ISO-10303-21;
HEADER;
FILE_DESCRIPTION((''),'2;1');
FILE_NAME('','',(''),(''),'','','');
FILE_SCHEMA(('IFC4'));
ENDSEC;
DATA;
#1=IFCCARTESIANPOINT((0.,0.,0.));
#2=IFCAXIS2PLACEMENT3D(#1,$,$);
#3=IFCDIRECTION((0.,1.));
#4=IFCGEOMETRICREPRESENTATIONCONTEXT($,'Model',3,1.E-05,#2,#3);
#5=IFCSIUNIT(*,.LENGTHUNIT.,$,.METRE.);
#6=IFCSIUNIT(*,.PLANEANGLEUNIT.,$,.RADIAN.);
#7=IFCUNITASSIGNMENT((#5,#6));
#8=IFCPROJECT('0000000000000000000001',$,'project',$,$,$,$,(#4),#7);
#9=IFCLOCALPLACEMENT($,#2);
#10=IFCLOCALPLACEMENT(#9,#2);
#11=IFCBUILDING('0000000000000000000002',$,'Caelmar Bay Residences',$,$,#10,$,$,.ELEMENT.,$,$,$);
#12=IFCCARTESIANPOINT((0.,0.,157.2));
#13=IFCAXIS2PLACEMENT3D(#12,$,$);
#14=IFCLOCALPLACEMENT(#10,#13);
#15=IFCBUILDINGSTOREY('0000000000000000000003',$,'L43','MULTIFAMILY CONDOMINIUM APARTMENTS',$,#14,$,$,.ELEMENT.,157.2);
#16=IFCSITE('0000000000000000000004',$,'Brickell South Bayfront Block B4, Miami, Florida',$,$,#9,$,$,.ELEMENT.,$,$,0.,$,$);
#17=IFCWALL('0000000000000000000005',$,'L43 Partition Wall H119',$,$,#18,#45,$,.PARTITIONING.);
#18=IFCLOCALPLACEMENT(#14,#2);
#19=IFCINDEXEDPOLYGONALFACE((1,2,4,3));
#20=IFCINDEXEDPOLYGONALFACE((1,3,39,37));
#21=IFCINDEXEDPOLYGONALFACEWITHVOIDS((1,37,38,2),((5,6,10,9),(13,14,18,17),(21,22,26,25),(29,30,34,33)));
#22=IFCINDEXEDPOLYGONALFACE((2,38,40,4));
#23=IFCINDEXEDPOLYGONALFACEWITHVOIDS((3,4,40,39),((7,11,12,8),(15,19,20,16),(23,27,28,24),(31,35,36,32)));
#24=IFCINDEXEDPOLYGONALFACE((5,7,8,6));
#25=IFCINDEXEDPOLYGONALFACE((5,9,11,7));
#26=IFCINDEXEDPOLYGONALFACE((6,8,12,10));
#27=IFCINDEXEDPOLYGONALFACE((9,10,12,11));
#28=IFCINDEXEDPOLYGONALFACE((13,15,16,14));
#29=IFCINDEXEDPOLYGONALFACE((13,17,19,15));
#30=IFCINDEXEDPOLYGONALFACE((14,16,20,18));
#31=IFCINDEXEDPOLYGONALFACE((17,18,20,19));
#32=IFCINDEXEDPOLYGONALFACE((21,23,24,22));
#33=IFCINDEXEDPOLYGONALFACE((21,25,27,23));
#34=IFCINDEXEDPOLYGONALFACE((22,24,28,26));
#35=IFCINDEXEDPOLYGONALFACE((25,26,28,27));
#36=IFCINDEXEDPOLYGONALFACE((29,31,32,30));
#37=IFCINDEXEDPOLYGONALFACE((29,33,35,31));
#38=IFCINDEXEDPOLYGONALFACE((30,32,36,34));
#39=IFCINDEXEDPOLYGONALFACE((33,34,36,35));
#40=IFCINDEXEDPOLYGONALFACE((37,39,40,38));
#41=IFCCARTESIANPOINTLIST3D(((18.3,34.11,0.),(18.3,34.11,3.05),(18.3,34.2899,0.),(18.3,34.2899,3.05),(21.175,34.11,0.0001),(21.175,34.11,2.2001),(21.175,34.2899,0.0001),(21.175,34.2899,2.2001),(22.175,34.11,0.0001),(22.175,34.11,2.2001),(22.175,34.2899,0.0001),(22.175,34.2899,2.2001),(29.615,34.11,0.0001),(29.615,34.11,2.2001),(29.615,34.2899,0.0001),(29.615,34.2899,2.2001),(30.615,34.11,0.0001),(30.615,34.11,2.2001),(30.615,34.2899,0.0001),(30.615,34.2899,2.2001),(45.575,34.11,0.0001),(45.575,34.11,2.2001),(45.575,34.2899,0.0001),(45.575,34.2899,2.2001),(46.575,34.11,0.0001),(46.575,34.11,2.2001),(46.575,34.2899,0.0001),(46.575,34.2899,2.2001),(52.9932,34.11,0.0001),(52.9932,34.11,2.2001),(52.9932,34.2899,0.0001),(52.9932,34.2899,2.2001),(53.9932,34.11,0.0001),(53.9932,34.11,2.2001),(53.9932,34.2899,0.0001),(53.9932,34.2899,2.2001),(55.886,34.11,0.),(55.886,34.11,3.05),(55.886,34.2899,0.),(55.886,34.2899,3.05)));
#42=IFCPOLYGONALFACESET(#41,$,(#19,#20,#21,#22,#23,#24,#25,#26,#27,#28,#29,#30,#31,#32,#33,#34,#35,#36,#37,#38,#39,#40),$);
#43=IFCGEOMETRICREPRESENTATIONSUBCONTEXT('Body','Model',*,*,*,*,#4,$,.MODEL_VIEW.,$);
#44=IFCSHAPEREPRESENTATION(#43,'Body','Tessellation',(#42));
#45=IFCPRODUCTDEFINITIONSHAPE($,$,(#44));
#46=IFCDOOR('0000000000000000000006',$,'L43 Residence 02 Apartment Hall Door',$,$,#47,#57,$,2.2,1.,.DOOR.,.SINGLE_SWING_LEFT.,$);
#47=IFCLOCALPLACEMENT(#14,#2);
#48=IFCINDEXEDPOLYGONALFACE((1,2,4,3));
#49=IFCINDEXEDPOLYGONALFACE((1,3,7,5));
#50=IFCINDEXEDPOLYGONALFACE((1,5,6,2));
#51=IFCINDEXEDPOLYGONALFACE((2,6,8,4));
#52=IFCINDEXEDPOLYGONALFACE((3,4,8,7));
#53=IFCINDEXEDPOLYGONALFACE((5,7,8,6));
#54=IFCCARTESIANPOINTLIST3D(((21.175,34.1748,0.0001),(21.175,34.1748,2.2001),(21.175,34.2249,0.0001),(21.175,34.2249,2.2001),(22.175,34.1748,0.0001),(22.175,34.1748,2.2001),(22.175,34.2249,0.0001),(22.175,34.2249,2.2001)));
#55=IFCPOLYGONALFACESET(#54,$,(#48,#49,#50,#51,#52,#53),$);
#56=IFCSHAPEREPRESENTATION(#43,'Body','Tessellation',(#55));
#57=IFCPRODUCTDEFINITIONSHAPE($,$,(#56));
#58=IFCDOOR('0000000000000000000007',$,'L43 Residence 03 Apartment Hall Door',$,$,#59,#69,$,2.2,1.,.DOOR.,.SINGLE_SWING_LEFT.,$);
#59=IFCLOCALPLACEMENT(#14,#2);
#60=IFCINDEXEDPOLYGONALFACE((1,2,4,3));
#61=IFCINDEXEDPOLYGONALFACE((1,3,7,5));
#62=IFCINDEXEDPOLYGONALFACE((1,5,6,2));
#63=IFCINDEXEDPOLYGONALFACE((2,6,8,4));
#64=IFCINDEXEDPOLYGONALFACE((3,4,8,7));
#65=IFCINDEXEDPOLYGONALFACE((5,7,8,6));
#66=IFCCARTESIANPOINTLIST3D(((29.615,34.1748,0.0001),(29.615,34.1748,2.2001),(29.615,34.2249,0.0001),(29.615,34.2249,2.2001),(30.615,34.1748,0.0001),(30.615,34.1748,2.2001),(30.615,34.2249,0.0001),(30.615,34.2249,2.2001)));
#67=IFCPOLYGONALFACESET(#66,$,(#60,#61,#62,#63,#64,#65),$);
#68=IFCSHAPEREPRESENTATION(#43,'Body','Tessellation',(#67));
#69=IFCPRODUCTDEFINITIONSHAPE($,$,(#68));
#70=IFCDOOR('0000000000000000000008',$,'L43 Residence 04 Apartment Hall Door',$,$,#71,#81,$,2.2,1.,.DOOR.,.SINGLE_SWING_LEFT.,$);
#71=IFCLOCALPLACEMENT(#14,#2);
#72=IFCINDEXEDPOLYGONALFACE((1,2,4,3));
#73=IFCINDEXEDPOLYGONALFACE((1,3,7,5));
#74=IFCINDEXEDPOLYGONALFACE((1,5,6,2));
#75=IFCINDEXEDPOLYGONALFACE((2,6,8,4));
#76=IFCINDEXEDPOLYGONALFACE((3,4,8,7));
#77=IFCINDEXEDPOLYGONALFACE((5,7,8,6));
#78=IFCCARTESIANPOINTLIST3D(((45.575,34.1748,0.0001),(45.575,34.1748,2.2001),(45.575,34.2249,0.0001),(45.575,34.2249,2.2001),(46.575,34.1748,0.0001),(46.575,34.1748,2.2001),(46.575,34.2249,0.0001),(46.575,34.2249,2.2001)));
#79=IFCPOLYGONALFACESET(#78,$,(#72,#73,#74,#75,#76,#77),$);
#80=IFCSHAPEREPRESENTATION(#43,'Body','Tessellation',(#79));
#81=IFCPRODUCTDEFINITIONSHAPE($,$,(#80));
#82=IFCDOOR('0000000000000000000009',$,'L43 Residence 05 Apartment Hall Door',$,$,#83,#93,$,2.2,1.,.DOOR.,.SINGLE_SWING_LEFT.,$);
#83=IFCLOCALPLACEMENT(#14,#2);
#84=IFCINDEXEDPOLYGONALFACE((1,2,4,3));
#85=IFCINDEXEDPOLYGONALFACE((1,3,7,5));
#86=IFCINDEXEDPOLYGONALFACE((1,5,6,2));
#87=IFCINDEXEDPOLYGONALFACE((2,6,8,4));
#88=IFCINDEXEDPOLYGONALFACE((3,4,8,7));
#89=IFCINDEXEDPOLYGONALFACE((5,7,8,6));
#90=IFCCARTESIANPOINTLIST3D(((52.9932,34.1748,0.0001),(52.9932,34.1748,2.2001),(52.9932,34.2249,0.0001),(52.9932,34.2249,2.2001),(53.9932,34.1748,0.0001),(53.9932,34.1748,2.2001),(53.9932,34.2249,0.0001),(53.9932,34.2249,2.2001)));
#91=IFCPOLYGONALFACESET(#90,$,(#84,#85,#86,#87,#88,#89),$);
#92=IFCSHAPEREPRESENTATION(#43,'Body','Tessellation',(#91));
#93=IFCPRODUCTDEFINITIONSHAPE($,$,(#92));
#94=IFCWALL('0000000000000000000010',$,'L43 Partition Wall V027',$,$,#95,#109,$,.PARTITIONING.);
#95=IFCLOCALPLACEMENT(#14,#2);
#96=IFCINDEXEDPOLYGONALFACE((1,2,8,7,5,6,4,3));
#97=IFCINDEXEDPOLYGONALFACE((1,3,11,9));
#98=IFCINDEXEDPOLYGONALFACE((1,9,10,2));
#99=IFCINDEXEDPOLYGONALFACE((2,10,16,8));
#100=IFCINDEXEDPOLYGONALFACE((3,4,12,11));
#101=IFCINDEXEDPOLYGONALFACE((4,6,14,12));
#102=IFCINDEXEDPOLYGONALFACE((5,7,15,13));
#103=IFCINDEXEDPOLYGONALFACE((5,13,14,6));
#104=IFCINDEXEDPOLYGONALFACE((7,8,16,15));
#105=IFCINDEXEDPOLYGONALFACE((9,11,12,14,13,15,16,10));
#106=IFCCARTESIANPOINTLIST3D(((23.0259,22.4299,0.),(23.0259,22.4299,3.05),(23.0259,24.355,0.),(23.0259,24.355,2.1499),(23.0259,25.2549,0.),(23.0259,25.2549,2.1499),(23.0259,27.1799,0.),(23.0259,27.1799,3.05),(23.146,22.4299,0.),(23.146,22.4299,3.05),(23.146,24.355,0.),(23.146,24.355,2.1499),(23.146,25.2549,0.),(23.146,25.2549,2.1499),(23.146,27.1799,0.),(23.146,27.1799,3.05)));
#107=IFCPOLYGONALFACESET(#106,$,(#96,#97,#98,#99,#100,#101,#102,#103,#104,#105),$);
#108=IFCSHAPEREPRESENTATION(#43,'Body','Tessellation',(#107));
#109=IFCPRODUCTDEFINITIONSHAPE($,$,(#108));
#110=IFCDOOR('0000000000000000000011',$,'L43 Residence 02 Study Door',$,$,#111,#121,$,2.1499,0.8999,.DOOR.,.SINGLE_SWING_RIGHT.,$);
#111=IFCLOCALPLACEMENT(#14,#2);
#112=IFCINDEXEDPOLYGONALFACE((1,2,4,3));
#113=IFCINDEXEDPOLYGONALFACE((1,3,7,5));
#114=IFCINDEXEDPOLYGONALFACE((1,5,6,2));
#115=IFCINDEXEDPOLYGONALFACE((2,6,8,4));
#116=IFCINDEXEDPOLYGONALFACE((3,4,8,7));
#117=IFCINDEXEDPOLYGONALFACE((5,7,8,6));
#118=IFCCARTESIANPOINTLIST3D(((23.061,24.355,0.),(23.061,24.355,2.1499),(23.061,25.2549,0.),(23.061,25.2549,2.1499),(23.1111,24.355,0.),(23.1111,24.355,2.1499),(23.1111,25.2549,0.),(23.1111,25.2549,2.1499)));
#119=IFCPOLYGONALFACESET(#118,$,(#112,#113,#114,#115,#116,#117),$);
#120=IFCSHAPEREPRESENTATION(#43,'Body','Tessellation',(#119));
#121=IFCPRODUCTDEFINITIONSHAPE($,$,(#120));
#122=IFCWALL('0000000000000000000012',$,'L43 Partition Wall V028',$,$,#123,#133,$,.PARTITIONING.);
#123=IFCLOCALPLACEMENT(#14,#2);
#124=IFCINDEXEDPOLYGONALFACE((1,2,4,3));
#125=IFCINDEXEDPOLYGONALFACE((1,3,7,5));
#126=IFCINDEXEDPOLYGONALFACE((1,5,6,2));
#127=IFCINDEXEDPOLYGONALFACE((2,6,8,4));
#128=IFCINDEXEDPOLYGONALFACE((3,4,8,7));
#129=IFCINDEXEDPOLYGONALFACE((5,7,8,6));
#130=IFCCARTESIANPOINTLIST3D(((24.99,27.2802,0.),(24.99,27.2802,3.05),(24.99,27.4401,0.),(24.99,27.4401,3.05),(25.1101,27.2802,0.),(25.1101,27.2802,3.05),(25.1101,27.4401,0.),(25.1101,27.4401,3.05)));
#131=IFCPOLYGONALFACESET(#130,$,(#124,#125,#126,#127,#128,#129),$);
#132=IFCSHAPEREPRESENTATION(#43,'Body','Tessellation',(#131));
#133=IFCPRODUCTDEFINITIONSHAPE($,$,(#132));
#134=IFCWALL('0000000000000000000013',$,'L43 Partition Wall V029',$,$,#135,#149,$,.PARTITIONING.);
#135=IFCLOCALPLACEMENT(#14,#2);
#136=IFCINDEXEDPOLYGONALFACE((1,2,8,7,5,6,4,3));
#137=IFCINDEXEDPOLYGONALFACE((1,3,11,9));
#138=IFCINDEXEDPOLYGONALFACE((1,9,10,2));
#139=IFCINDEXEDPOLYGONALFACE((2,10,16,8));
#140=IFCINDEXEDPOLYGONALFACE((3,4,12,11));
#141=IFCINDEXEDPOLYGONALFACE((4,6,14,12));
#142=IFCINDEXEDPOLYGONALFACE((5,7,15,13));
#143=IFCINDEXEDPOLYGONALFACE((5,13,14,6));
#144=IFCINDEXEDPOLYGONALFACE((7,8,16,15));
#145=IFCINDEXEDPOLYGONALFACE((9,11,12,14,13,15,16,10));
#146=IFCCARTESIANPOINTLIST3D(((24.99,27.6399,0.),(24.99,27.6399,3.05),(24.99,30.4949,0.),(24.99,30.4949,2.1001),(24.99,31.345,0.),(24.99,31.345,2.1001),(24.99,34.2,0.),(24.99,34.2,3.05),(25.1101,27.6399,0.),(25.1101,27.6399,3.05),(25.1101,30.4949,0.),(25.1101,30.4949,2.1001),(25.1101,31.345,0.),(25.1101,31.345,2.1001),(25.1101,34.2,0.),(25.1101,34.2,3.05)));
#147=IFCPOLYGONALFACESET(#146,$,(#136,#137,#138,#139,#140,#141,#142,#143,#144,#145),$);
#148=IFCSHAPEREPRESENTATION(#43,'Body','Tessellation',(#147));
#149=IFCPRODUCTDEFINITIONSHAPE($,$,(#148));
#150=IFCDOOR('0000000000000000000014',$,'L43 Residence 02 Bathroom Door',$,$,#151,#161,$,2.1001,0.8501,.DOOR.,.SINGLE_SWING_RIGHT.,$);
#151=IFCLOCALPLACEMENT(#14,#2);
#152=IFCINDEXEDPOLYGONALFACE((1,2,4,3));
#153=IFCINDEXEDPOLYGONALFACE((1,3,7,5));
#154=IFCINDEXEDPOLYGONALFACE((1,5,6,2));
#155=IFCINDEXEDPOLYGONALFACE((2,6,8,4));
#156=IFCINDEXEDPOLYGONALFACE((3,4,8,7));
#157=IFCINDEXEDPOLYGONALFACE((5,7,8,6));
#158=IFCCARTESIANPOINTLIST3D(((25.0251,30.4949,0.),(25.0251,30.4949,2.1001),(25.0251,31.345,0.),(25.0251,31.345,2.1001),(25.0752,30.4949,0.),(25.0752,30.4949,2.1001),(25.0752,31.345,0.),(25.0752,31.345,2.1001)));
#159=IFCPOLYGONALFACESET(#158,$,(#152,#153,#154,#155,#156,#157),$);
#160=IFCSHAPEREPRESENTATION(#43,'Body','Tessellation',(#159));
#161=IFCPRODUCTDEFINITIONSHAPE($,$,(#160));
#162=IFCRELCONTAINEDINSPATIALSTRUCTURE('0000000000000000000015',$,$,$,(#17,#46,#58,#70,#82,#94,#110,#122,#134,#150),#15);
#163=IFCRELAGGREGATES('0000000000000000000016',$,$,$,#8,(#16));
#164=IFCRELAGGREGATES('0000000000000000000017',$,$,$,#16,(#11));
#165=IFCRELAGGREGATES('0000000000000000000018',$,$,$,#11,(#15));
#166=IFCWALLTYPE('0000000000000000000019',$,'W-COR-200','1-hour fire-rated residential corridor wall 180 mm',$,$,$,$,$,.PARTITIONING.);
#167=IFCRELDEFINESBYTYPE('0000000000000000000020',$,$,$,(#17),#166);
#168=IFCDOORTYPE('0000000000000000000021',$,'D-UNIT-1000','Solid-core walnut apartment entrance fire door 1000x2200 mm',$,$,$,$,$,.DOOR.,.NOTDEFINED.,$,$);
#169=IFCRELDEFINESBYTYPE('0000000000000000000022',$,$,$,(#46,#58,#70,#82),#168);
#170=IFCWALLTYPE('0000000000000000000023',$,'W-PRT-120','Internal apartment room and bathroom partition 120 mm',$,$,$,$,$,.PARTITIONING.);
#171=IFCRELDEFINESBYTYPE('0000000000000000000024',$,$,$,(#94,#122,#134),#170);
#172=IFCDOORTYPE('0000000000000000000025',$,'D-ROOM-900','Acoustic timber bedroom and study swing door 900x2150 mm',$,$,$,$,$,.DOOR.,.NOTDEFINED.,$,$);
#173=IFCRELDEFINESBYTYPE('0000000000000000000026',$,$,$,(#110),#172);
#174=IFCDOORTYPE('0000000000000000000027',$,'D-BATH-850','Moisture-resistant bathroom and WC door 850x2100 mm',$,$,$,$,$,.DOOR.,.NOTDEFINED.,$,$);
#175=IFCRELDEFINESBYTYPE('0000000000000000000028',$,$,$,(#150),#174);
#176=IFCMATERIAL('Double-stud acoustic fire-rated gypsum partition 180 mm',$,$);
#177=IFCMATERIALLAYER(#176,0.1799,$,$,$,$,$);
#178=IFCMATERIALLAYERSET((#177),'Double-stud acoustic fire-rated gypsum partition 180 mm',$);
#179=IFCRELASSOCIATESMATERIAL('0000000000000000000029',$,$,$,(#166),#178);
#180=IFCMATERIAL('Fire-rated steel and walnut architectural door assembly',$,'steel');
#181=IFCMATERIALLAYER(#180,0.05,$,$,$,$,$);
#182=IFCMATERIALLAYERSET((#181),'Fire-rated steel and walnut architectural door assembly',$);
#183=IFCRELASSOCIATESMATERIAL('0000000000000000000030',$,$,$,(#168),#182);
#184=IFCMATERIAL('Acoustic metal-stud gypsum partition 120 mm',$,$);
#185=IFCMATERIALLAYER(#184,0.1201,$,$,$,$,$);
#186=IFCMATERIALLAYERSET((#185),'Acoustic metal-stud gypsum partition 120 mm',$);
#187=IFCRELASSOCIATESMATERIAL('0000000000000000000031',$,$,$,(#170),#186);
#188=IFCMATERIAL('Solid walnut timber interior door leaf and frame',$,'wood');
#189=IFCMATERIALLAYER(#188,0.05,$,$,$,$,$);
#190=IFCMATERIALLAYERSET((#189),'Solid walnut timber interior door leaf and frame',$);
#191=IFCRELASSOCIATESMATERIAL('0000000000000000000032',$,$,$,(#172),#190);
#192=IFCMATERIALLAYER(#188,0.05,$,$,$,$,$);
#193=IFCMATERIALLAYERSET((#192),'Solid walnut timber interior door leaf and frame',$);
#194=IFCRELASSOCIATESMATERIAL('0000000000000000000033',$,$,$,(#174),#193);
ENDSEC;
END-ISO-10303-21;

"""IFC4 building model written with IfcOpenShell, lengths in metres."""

from ifc_helpers import new_model, si_unit, direction, frame, frame_2d, origin, place, context, subcontext, project, spatial, rectangle, extrude, material, layer, layer_set, type_object, element, fill, save


model = new_model("IFC4")

# Units and contexts
model_context = context("Model", 3, precision=1e-05, world=origin(), true_north=direction((0.0, 1.0)))
body_context = subcontext(model_context, "Body", "Model", "MODEL_VIEW")
ifc_project = project(units=[si_unit("LENGTHUNIT", "METRE"), si_unit("PLANEANGLEUNIT", "RADIAN")], contexts=[model_context])

# Site, building, storey
site_placement = place(None, origin())
site = spatial("IfcSite", under=ifc_project, at=site_placement, Name="Brickell South Bayfront Block B4, Miami, Florida", CompositionType="ELEMENT", RefElevation=0.0)
building_placement = place(site_placement, origin())
building = spatial("IfcBuilding", under=site, at=building_placement, Name="Caelmar Bay Residences", CompositionType="ELEMENT")
storey_placement = place(building_placement, frame((0.0, 0.0, 157.2)))
storey = spatial("IfcBuildingStorey", under=building, at=storey_placement, Name="L43", Description="MULTIFAMILY CONDOMINIUM APARTMENTS", CompositionType="ELEMENT", Elevation=157.2)

# Wall, openings, doors
ifc_material_1 = material(Name="Double-stud acoustic fire-rated gypsum partition 180 mm")
ifc_layer_1 = layer(ifc_material_1, 0.1799)
ifc_layer_set_1 = layer_set([ifc_layer_1], Name="Double-stud acoustic fire-rated gypsum partition 180 mm")
wall_type_1 = type_object("IfcWallType", Name="W-COR-200", Description="1-hour fire-rated residential corridor wall 180 mm", PredefinedType="PARTITIONING", material=ifc_layer_set_1)
wall_1_placement = place(storey_placement, frame((18.3, 34.2, 0.0), z_axis=(0.0, 0.0, 1.0), x_axis=(1.0, 0.0, 0.0)))
wall_1 = element("IfcWall", 1, at=wall_1_placement, inside=storey, type_object=wall_type_1, Name="L43 Partition Wall H119", PredefinedType="PARTITIONING", context=body_context, shape_type="SweptSolid", body=[
    extrude(rectangle(XDim=37.5859, YDim=0.1799, at=frame_2d((18.793, 0.0))), origin(), (0.0, 0.0, 1.0), 3.05),
])
opening_1_placement = place(wall_1_placement, frame((2.875, 0.0, 0.0)))
opening_1 = element("IfcOpeningElement", 2, at=opening_1_placement, cuts=wall_1, PredefinedType="OPENING", context=body_context, shape_type="SweptSolid", body=[
    extrude(rectangle(XDim=1.0, YDim=2.2, at=frame_2d((0.5, 1.1001))), frame((0.0, 0.0999, 0.0), z_axis=(0.0, -1.0, 0.0), x_axis=(1.0, 0.0, 0.0)), (0.0, 0.0, 1.0), 0.2),
])
opening_2_placement = place(wall_1_placement, frame((11.3149, 0.0, 0.0)))
opening_2 = element("IfcOpeningElement", 3, at=opening_2_placement, cuts=wall_1, PredefinedType="OPENING", context=body_context, shape_type="SweptSolid", body=[
    extrude(rectangle(XDim=1.0, YDim=2.2, at=frame_2d((0.5, 1.1001))), frame((0.0, 0.0999, 0.0), z_axis=(0.0, -1.0, 0.0), x_axis=(1.0, 0.0, 0.0)), (0.0, 0.0, 1.0), 0.2),
])
opening_3_placement = place(wall_1_placement, frame((27.2749, 0.0, 0.0)))
opening_3 = element("IfcOpeningElement", 4, at=opening_3_placement, cuts=wall_1, PredefinedType="OPENING", context=body_context, shape_type="SweptSolid", body=[
    extrude(rectangle(XDim=1.0, YDim=2.2, at=frame_2d((0.5, 1.1001))), frame((0.0, 0.0999, 0.0), z_axis=(0.0, -1.0, 0.0), x_axis=(1.0, 0.0, 0.0)), (0.0, 0.0, 1.0), 0.2),
])
opening_4_placement = place(wall_1_placement, frame((34.6931, 0.0, 0.0)))
opening_4 = element("IfcOpeningElement", 5, at=opening_4_placement, cuts=wall_1, PredefinedType="OPENING", context=body_context, shape_type="SweptSolid", body=[
    extrude(rectangle(XDim=1.0, YDim=2.2, at=frame_2d((0.5, 1.1001))), frame((0.0, 0.0999, 0.0), z_axis=(0.0, -1.0, 0.0), x_axis=(1.0, 0.0, 0.0)), (0.0, 0.0, 1.0), 0.2),
])
ifc_material_2 = material(Name="Fire-rated steel and walnut architectural door assembly", Category="steel")
ifc_layer_2 = layer(ifc_material_2, 0.05)
ifc_layer_set_2 = layer_set([ifc_layer_2], Name="Fire-rated steel and walnut architectural door assembly")
door_type_1 = type_object("IfcDoorType", Name="D-UNIT-1000", Description="Solid-core walnut apartment entrance fire door 1000x2200 mm", OperationType="NOTDEFINED", PredefinedType="DOOR", material=ifc_layer_set_2)
door_1_placement = place(opening_1_placement, origin())
door_1 = element("IfcDoor", 6, at=door_1_placement, inside=storey, type_object=door_type_1, Name="L43 Residence 02 Apartment Hall Door", OperationType="SINGLE_SWING_LEFT", OverallHeight=2.2, OverallWidth=1.0, PredefinedType="DOOR", context=body_context, shape_type="SweptSolid", body=[
    extrude(rectangle(XDim=1.0, YDim=2.2, at=frame_2d((0.5, 1.1001))), frame((0.0, 0.0249, 0.0), z_axis=(0.0, -1.0, 0.0), x_axis=(1.0, 0.0, 0.0)), (0.0, 0.0, 1.0), 0.05),
])
fill(opening_1, door_1)
door_2_placement = place(opening_2_placement, origin())
door_2 = element("IfcDoor", 7, at=door_2_placement, inside=storey, type_object=door_type_1, Name="L43 Residence 03 Apartment Hall Door", OperationType="SINGLE_SWING_LEFT", OverallHeight=2.2, OverallWidth=1.0, PredefinedType="DOOR", context=body_context, shape_type="SweptSolid", body=[
    extrude(rectangle(XDim=1.0, YDim=2.2, at=frame_2d((0.5, 1.1001))), frame((0.0, 0.0249, 0.0), z_axis=(0.0, -1.0, 0.0), x_axis=(1.0, 0.0, 0.0)), (0.0, 0.0, 1.0), 0.05),
])
fill(opening_2, door_2)
door_3_placement = place(opening_3_placement, origin())
door_3 = element("IfcDoor", 8, at=door_3_placement, inside=storey, type_object=door_type_1, Name="L43 Residence 04 Apartment Hall Door", OperationType="SINGLE_SWING_LEFT", OverallHeight=2.2, OverallWidth=1.0, PredefinedType="DOOR", context=body_context, shape_type="SweptSolid", body=[
    extrude(rectangle(XDim=1.0, YDim=2.2, at=frame_2d((0.5, 1.1001))), frame((0.0, 0.0249, 0.0), z_axis=(0.0, -1.0, 0.0), x_axis=(1.0, 0.0, 0.0)), (0.0, 0.0, 1.0), 0.05),
])
fill(opening_3, door_3)
door_4_placement = place(opening_4_placement, origin())
door_4 = element("IfcDoor", 9, at=door_4_placement, inside=storey, type_object=door_type_1, Name="L43 Residence 05 Apartment Hall Door", OperationType="SINGLE_SWING_LEFT", OverallHeight=2.2, OverallWidth=1.0, PredefinedType="DOOR", context=body_context, shape_type="SweptSolid", body=[
    extrude(rectangle(XDim=1.0, YDim=2.2, at=frame_2d((0.5, 1.1001))), frame((0.0, 0.0249, 0.0), z_axis=(0.0, -1.0, 0.0), x_axis=(1.0, 0.0, 0.0)), (0.0, 0.0, 1.0), 0.05),
])
fill(opening_4, door_4)

# Wall, opening, door
ifc_material_3 = material(Name="Acoustic metal-stud gypsum partition 120 mm")
ifc_layer_3 = layer(ifc_material_3, 0.1201)
ifc_layer_set_3 = layer_set([ifc_layer_3], Name="Acoustic metal-stud gypsum partition 120 mm")
wall_type_2 = type_object("IfcWallType", Name="W-PRT-120", Description="Internal apartment room and bathroom partition 120 mm", PredefinedType="PARTITIONING", material=ifc_layer_set_3)
wall_2_placement = place(storey_placement, frame((23.0859, 22.4299, 0.0), z_axis=(0.0, 0.0, 1.0), x_axis=(0.0, 1.0, 0.0)))
wall_2 = element("IfcWall", 10, at=wall_2_placement, inside=storey, type_object=wall_type_2, Name="L43 Partition Wall V027", PredefinedType="PARTITIONING", context=body_context, shape_type="SweptSolid", body=[
    extrude(rectangle(XDim=4.75, YDim=0.1201, at=frame_2d((2.375, 0.0))), origin(), (0.0, 0.0, 1.0), 3.05),
])
opening_5_placement = place(wall_2_placement, frame((1.925, 0.0, 0.0)))
opening_5 = element("IfcOpeningElement", 11, at=opening_5_placement, cuts=wall_2, PredefinedType="OPENING", context=body_context, shape_type="SweptSolid", body=[
    extrude(rectangle(XDim=0.8999, YDim=2.1499, at=frame_2d((0.45, 1.075))), frame((0.0, 0.0701, 0.0), z_axis=(0.0, -1.0, 0.0), x_axis=(1.0, 0.0, 0.0)), (0.0, 0.0, 1.0), 0.1401),
])
ifc_material_4 = material(Name="Solid walnut timber interior door leaf and frame", Category="wood")
ifc_layer_4 = layer(ifc_material_4, 0.05)
ifc_layer_set_4 = layer_set([ifc_layer_4], Name="Solid walnut timber interior door leaf and frame")
door_type_2 = type_object("IfcDoorType", Name="D-ROOM-900", Description="Acoustic timber bedroom and study swing door 900x2150 mm", OperationType="NOTDEFINED", PredefinedType="DOOR", material=ifc_layer_set_4)
door_5_placement = place(opening_5_placement, origin())
door_5 = element("IfcDoor", 12, at=door_5_placement, inside=storey, type_object=door_type_2, Name="L43 Residence 02 Study Door", OperationType="SINGLE_SWING_RIGHT", OverallHeight=2.1499, OverallWidth=0.8999, PredefinedType="DOOR", context=body_context, shape_type="SweptSolid", body=[
    extrude(rectangle(XDim=0.8999, YDim=2.1499, at=frame_2d((0.45, 1.075))), frame((0.0, 0.0249, 0.0), z_axis=(0.0, -1.0, 0.0), x_axis=(1.0, 0.0, 0.0)), (0.0, 0.0, 1.0), 0.05),
])
fill(opening_5, door_5)

# Wall
wall_3_placement = place(storey_placement, frame((25.05, 27.28, 0.0), z_axis=(0.0, 0.0, 1.0), x_axis=(0.0, 1.0, 0.0)))
element("IfcWall", 13, at=wall_3_placement, inside=storey, type_object=wall_type_2, Name="L43 Partition Wall V028", PredefinedType="PARTITIONING", context=body_context, shape_type="SweptSolid", body=[
    extrude(rectangle(XDim=0.1599, YDim=0.1201, at=frame_2d((0.0801, 0.0))), origin(), (0.0, 0.0, 1.0), 3.05),
])

# Wall, opening, door
wall_4_placement = place(storey_placement, frame((25.05, 27.6399, 0.0), z_axis=(0.0, 0.0, 1.0), x_axis=(0.0, 1.0, 0.0)))
wall_4 = element("IfcWall", 14, at=wall_4_placement, inside=storey, type_object=wall_type_2, Name="L43 Partition Wall V029", PredefinedType="PARTITIONING", context=body_context, shape_type="SweptSolid", body=[
    extrude(rectangle(XDim=6.5601, YDim=0.1201, at=frame_2d((3.28, 0.0))), origin(), (0.0, 0.0, 1.0), 3.05),
])
opening_6_placement = place(wall_4_placement, frame((2.855, 0.0, 0.0)))
opening_6 = element("IfcOpeningElement", 15, at=opening_6_placement, cuts=wall_4, PredefinedType="OPENING", context=body_context, shape_type="SweptSolid", body=[
    extrude(rectangle(XDim=0.8501, YDim=2.1001, at=frame_2d((0.425, 1.05))), frame((0.0, 0.0701, 0.0), z_axis=(0.0, -1.0, 0.0), x_axis=(1.0, 0.0, 0.0)), (0.0, 0.0, 1.0), 0.1401),
])
ifc_layer_5 = layer(ifc_material_4, 0.05)
ifc_layer_set_5 = layer_set([ifc_layer_5], Name="Solid walnut timber interior door leaf and frame")
door_type_3 = type_object("IfcDoorType", Name="D-BATH-850", Description="Moisture-resistant bathroom and WC door 850x2100 mm", OperationType="NOTDEFINED", PredefinedType="DOOR", material=ifc_layer_set_5)
door_6_placement = place(opening_6_placement, origin())
door_6 = element("IfcDoor", 16, at=door_6_placement, inside=storey, type_object=door_type_3, Name="L43 Residence 02 Bathroom Door", OperationType="SINGLE_SWING_RIGHT", OverallHeight=2.1001, OverallWidth=0.8501, PredefinedType="DOOR", context=body_context, shape_type="SweptSolid", body=[
    extrude(rectangle(XDim=0.8501, YDim=2.1001, at=frame_2d((0.425, 1.05))), frame((0.0, 0.0249, 0.0), z_axis=(0.0, -1.0, 0.0), x_axis=(1.0, 0.0, 0.0)), (0.0, 0.0, 1.0), 0.05),
])
fill(opening_6, door_6)

save(model, "model.ifc")
